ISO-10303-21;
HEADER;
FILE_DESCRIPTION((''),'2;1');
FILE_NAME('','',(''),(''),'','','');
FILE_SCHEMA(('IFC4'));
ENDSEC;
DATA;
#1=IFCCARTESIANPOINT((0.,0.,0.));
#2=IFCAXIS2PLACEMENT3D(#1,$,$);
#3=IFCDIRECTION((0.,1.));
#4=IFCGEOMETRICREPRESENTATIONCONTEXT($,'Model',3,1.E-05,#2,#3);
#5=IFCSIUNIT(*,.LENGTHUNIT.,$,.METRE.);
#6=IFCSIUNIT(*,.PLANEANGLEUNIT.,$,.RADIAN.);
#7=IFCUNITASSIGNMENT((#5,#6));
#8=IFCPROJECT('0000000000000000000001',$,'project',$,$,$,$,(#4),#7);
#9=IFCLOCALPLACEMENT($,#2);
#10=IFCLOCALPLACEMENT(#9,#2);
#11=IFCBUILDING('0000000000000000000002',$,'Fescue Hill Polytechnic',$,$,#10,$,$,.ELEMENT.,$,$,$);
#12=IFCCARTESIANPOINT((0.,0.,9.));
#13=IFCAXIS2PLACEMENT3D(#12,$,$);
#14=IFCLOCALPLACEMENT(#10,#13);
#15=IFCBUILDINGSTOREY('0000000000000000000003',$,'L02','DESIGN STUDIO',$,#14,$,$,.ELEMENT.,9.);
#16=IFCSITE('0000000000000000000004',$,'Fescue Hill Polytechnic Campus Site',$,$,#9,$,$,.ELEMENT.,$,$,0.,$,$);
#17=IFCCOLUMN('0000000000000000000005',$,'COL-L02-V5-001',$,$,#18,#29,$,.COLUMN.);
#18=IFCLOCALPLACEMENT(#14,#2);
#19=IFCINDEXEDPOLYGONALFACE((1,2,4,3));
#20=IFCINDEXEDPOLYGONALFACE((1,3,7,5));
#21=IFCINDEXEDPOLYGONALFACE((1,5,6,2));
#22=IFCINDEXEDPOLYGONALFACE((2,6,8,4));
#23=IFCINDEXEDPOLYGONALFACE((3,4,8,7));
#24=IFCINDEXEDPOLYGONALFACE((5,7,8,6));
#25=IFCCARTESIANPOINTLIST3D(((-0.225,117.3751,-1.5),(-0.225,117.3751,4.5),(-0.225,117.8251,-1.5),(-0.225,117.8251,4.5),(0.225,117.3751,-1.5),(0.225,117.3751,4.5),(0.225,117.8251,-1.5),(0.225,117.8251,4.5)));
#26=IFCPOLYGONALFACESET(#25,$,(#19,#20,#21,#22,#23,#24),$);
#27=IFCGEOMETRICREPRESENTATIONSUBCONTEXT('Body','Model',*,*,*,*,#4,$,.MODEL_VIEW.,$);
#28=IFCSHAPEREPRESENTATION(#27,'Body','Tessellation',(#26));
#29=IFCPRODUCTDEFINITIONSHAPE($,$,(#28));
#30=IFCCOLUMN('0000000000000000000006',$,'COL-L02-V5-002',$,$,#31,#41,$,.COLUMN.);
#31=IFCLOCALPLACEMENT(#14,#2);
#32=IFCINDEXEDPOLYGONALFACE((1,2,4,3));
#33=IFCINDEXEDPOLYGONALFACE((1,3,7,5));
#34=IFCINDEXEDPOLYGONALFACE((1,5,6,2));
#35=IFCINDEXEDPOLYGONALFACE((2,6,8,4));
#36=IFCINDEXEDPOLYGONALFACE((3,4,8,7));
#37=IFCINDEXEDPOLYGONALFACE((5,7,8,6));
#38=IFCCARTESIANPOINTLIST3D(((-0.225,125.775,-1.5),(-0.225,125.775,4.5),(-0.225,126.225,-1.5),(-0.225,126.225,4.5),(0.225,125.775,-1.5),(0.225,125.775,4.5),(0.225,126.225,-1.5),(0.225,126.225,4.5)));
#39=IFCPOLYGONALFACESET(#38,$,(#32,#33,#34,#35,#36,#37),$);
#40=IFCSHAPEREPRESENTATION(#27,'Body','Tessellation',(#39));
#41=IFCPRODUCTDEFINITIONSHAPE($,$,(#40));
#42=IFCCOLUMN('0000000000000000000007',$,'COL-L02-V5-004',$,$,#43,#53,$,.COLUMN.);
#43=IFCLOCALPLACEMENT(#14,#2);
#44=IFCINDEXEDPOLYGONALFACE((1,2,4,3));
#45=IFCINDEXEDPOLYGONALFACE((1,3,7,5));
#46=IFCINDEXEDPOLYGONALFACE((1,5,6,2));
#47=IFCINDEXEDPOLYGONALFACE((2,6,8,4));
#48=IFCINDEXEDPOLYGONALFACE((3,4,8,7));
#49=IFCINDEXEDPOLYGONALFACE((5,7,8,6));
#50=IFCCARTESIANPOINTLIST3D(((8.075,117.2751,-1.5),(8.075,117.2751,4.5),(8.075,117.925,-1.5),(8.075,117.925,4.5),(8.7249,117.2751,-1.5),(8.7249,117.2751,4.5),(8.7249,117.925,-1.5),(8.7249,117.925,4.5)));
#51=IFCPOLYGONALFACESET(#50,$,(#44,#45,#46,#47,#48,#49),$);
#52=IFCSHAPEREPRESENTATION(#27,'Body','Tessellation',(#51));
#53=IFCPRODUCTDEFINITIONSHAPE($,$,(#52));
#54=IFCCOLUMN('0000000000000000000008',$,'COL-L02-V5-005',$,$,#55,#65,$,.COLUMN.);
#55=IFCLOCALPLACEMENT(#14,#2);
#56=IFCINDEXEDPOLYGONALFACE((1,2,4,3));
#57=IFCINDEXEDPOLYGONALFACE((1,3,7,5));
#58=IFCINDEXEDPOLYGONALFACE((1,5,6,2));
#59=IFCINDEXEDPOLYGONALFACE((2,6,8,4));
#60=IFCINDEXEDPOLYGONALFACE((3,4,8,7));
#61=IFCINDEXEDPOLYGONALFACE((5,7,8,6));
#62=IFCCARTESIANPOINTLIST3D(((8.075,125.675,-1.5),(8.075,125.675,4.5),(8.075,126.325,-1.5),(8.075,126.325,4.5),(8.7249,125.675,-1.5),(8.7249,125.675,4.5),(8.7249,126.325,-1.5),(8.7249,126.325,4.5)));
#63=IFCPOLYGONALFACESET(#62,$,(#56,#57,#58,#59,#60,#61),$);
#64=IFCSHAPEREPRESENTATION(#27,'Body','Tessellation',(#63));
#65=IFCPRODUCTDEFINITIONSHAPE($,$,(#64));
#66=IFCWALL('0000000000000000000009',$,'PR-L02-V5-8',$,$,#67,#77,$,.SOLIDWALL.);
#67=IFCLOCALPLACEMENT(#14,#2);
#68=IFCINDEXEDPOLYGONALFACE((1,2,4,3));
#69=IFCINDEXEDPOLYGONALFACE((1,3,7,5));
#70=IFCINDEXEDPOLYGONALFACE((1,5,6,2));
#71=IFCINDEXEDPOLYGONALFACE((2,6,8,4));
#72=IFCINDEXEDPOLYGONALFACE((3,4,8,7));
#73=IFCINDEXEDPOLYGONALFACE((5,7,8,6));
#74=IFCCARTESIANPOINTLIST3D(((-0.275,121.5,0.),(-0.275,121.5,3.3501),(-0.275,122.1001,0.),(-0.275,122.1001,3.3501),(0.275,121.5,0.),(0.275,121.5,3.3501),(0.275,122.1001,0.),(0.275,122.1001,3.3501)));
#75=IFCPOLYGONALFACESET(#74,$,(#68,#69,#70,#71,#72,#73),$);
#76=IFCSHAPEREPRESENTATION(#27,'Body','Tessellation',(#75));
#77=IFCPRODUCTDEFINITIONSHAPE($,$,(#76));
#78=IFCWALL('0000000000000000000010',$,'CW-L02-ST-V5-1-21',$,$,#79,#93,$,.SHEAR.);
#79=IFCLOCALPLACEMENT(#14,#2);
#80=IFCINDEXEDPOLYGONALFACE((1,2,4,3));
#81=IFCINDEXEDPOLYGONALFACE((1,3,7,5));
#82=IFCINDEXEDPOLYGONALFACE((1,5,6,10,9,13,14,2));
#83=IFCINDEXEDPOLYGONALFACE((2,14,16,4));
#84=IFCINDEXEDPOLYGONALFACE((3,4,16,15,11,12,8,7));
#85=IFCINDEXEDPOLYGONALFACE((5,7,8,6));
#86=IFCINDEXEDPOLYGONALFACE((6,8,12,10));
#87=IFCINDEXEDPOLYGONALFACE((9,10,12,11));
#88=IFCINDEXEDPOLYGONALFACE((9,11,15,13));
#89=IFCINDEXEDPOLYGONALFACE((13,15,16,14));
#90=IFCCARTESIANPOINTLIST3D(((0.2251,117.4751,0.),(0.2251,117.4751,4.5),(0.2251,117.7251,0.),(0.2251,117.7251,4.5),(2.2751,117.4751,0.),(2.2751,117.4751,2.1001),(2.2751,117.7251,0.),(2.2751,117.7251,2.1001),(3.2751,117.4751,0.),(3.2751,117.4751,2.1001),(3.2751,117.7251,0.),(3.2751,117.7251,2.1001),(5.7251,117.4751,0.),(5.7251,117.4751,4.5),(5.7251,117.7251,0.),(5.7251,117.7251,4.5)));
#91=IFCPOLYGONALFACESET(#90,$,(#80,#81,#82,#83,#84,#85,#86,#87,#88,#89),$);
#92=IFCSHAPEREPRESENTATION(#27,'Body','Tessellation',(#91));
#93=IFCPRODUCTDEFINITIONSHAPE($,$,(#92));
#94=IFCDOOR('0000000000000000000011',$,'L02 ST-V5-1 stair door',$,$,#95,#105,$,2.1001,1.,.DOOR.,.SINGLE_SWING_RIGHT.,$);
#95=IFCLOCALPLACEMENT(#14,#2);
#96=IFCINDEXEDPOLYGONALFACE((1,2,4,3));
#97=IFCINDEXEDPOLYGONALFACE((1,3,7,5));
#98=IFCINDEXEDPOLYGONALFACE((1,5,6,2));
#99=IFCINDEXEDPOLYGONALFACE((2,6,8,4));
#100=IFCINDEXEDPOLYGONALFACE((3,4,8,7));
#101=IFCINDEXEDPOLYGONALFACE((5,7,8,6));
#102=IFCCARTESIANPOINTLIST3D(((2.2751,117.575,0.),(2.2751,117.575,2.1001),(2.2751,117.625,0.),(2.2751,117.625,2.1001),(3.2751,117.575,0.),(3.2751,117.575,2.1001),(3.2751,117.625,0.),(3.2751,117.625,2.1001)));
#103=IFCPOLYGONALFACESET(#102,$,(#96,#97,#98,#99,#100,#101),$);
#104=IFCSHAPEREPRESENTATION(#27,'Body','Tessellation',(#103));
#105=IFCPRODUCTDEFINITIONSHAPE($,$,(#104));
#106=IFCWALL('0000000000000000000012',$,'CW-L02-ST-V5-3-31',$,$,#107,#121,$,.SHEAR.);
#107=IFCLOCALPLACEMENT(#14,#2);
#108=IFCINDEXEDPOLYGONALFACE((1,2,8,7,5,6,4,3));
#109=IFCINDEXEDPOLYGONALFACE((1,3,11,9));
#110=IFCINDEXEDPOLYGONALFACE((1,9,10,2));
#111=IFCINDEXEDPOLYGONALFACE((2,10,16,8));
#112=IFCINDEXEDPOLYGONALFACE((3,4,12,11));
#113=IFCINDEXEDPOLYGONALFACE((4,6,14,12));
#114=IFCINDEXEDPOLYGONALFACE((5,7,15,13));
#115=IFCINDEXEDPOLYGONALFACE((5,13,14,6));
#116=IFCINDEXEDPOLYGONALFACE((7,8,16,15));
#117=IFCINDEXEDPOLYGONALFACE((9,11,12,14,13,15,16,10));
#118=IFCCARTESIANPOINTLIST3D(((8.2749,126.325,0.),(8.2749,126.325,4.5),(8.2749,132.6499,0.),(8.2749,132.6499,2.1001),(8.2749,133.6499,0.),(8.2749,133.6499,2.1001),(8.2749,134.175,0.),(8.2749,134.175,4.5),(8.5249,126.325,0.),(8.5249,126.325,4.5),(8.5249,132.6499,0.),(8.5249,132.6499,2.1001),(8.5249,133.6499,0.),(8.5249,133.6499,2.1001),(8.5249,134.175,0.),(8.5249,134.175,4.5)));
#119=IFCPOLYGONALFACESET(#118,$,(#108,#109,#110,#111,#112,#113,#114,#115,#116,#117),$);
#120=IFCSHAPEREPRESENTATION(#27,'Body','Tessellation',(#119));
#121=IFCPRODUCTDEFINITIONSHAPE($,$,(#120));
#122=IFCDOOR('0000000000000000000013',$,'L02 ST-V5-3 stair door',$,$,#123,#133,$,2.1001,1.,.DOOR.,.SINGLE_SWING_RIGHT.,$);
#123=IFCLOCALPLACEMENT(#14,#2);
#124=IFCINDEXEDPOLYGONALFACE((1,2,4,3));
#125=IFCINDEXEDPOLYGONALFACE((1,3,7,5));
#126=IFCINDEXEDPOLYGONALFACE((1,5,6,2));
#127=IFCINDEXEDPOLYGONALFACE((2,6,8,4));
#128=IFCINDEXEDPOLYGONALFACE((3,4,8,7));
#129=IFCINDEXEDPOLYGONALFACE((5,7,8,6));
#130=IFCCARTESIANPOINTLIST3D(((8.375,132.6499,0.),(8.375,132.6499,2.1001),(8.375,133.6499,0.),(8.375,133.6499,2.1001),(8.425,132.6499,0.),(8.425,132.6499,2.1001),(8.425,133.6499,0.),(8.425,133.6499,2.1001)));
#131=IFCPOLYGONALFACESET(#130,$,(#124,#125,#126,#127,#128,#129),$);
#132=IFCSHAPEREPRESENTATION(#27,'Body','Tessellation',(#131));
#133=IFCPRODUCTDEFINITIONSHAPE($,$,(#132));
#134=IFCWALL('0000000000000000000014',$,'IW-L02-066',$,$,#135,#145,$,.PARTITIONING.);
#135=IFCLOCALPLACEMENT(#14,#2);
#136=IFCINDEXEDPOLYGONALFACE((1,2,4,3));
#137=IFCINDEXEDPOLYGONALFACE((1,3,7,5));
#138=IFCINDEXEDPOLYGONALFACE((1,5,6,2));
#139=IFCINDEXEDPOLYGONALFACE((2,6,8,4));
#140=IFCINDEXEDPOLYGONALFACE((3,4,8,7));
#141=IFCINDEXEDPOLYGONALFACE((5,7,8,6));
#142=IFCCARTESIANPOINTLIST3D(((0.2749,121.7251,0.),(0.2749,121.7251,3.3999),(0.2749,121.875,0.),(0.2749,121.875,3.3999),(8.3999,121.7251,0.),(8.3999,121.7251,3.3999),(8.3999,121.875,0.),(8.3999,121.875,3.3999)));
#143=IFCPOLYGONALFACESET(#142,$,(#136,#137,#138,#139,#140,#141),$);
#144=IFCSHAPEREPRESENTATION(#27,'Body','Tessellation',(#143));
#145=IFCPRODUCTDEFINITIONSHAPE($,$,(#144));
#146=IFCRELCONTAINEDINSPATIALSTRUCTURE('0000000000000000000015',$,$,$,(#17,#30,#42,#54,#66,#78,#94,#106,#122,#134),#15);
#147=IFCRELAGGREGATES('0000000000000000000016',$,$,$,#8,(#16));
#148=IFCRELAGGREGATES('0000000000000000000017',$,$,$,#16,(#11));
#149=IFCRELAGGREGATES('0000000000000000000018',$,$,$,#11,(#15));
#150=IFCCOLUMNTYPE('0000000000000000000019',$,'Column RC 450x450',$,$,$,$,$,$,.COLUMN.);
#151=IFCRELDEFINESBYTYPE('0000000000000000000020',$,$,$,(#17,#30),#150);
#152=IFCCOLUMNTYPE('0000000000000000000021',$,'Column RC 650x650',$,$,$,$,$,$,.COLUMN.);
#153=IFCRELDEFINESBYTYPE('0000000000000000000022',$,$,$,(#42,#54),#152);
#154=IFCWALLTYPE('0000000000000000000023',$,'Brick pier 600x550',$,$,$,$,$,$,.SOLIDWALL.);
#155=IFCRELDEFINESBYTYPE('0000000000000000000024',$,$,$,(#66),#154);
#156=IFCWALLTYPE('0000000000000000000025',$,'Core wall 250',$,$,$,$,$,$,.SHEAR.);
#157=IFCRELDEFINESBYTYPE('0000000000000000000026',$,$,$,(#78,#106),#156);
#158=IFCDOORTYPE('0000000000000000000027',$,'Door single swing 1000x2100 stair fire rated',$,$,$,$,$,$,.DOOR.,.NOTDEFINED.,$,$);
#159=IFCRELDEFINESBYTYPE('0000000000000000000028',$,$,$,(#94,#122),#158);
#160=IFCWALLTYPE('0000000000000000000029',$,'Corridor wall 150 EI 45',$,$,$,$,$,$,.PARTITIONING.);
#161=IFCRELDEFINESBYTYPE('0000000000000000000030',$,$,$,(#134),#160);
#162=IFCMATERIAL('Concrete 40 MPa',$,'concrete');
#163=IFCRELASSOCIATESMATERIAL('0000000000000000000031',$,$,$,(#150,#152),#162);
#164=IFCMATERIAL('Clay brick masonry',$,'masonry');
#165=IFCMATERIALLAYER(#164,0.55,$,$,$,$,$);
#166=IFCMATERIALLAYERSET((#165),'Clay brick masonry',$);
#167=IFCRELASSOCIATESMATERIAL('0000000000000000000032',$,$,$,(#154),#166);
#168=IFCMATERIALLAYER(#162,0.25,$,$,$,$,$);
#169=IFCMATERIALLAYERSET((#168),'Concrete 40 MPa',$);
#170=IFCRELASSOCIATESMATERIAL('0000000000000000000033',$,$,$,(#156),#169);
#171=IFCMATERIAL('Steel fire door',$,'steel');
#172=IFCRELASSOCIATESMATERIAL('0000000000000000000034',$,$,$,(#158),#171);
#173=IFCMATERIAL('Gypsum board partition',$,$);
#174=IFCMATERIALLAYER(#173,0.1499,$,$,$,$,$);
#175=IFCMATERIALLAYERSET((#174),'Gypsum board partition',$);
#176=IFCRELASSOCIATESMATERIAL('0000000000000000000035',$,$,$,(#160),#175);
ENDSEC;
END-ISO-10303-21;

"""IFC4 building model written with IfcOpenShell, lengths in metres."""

from ifc_helpers import new_model, si_unit, direction, frame, frame_2d, origin, origin_2d, place, context, subcontext, project, spatial, rectangle, extrude, material, layer, layer_set, material_profile, profile_set, type_object, element, fill, save


model = new_model("IFC4")

# Units and contexts
model_context = context("Model", 3, precision=1e-05, world=origin(), true_north=direction((0.0, 1.0)))
body_context = subcontext(model_context, "Body", "Model", "MODEL_VIEW")
ifc_project = project(units=[si_unit("LENGTHUNIT", "METRE"), si_unit("PLANEANGLEUNIT", "RADIAN")], contexts=[model_context])

# Site, building, storey
site_placement = place(None, origin())
site = spatial("IfcSite", under=ifc_project, at=site_placement, Name="Fescue Hill Polytechnic Campus Site", CompositionType="ELEMENT", RefElevation=0.0)
building_placement = place(site_placement, origin())
building = spatial("IfcBuilding", under=site, at=building_placement, Name="Fescue Hill Polytechnic", CompositionType="ELEMENT")
storey_placement = place(building_placement, frame((0.0, 0.0, 9.0)))
storey = spatial("IfcBuildingStorey", under=building, at=storey_placement, Name="L02", Description="DESIGN STUDIO", CompositionType="ELEMENT", Elevation=9.0)

# Columns
ifc_material_1 = material(Name="Concrete 40 MPa", Category="concrete")
ifc_material_profile_1 = material_profile(ifc_material_1, rectangle(XDim=0.45, YDim=0.45, at=origin_2d()), Name="RC 450x450")
ifc_profile_set_1 = profile_set([ifc_material_profile_1], Name="Concrete 40 MPa")
column_type_1 = type_object("IfcColumnType", Name="Column RC 450x450", PredefinedType="COLUMN", material=ifc_profile_set_1)
for number, where, z_axis, x_axis, name in (
    (1, (0.0, 117.6001, -1.5), (0.0, 0.0, 1.0), (1.0, 0.0, 0.0), "COL-L02-V5-001"),
    (2, (0.0, 126.0, -1.5), (0.0, 0.0, 1.0), (1.0, 0.0, 0.0), "COL-L02-V5-002"),
):
    element("IfcColumn", number, at=place(storey_placement, frame(where, z_axis=z_axis, x_axis=x_axis)), inside=storey, type_object=column_type_1, Name=name, PredefinedType="COLUMN", context=body_context, shape_type="SweptSolid", body=[
        extrude(rectangle(XDim=0.45, YDim=0.45, at=origin_2d()), origin(), (0.0, 0.0, 1.0), 6.0),
    ])
ifc_material_profile_2 = material_profile(ifc_material_1, rectangle(XDim=0.6499, YDim=0.6499, at=origin_2d()), Name="RC 650x650")
ifc_profile_set_2 = profile_set([ifc_material_profile_2], Name="Concrete 40 MPa")
column_type_2 = type_object("IfcColumnType", Name="Column RC 650x650", PredefinedType="COLUMN", material=ifc_profile_set_2)
for number, where, z_axis, x_axis, name in (
    (3, (8.3999, 117.6001, -1.5), (0.0, 0.0, 1.0), (1.0, 0.0, 0.0), "COL-L02-V5-004"),
    (4, (8.3999, 126.0, -1.5), (0.0, 0.0, 1.0), (1.0, 0.0, 0.0), "COL-L02-V5-005"),
):
    element("IfcColumn", number, at=place(storey_placement, frame(where, z_axis=z_axis, x_axis=x_axis)), inside=storey, type_object=column_type_2, Name=name, PredefinedType="COLUMN", context=body_context, shape_type="SweptSolid", body=[
        extrude(rectangle(XDim=0.6499, YDim=0.6499, at=origin_2d()), origin(), (0.0, 0.0, 1.0), 6.0),
    ])

# Wall
ifc_material_2 = material(Name="Clay brick masonry", Category="masonry")
ifc_layer_1 = layer(ifc_material_2, 0.55)
ifc_layer_set_1 = layer_set([ifc_layer_1], Name="Clay brick masonry")
wall_type_1 = type_object("IfcWallType", Name="Brick pier 600x550", PredefinedType="SOLIDWALL", material=ifc_layer_set_1)
wall_1_placement = place(storey_placement, frame((0.0, 122.1001, 0.0), z_axis=(0.0, 0.0, 1.0), x_axis=(0.0, -1.0, 0.0)))
element("IfcWall", 5, at=wall_1_placement, inside=storey, type_object=wall_type_1, Name="PR-L02-V5-8", PredefinedType="SOLIDWALL", context=body_context, shape_type="SweptSolid", body=[
    extrude(rectangle(XDim=0.6001, YDim=0.55, at=frame_2d((0.3, 0.0))), origin(), (0.0, 0.0, 1.0), 3.3501),
])

# Walls, openings, doors
ifc_layer_2 = layer(ifc_material_1, 0.25)
ifc_layer_set_2 = layer_set([ifc_layer_2], Name="Concrete 40 MPa")
wall_type_2 = type_object("IfcWallType", Name="Core wall 250", PredefinedType="SHEAR", material=ifc_layer_set_2)
wall_2_placement = place(storey_placement, frame((0.2251, 117.6001, 0.0), z_axis=(0.0, 0.0, 1.0), x_axis=(1.0, 0.0, 0.0)))
wall_2 = element("IfcWall", 6, at=wall_2_placement, inside=storey, type_object=wall_type_2, Name="CW-L02-ST-V5-1-21", PredefinedType="SHEAR", context=body_context, shape_type="SweptSolid", body=[
    extrude(rectangle(XDim=5.5, YDim=0.25, at=frame_2d((2.75, 0.0))), origin(), (0.0, 0.0, 1.0), 4.5),
])
opening_1_placement = place(wall_2_placement, frame((2.05, 0.0, 0.0)))
opening_1 = element("IfcOpeningElement", 7, at=opening_1_placement, cuts=wall_2, PredefinedType="OPENING", context=body_context, shape_type="SweptSolid", body=[
    extrude(rectangle(XDim=1.0, YDim=2.1001, at=frame_2d((0.5, 1.05))), frame((0.0, 0.135, 0.0), z_axis=(0.0, -1.0, 0.0), x_axis=(1.0, 0.0, 0.0)), (0.0, 0.0, 1.0), 0.27),
])
ifc_material_3 = material(Name="Steel fire door", Category="steel")
door_type_1 = type_object("IfcDoorType", Name="Door single swing 1000x2100 stair fire rated", OperationType="NOTDEFINED", PredefinedType="DOOR", material=ifc_material_3)
door_1_placement = place(opening_1_placement, origin())
door_1 = element("IfcDoor", 8, at=door_1_placement, inside=storey, type_object=door_type_1, Name="L02 ST-V5-1 stair door", OperationType="SINGLE_SWING_RIGHT", OverallHeight=2.1001, OverallWidth=1.0, PredefinedType="DOOR", context=body_context, shape_type="SweptSolid", body=[
    extrude(rectangle(XDim=1.0, YDim=2.1001, at=frame_2d((0.5, 1.05))), frame((0.0, 0.0249, 0.0), z_axis=(0.0, -1.0, 0.0), x_axis=(1.0, 0.0, 0.0)), (0.0, 0.0, 1.0), 0.05),
])
fill(opening_1, door_1)
wall_3_placement = place(storey_placement, frame((8.3999, 126.325, 0.0), z_axis=(0.0, 0.0, 1.0), x_axis=(0.0, 1.0, 0.0)))
wall_3 = element("IfcWall", 9, at=wall_3_placement, inside=storey, type_object=wall_type_2, Name="CW-L02-ST-V5-3-31", PredefinedType="SHEAR", context=body_context, shape_type="SweptSolid", body=[
    extrude(rectangle(XDim=7.8501, YDim=0.25, at=frame_2d((3.925, 0.0))), origin(), (0.0, 0.0, 1.0), 4.5),
])
opening_2_placement = place(wall_3_placement, frame((6.325, 0.0, 0.0)))
opening_2 = element("IfcOpeningElement", 10, at=opening_2_placement, cuts=wall_3, PredefinedType="OPENING", context=body_context, shape_type="SweptSolid", body=[
    extrude(rectangle(XDim=1.0, YDim=2.1001, at=frame_2d((0.5, 1.05))), frame((0.0, 0.135, 0.0), z_axis=(0.0, -1.0, 0.0), x_axis=(1.0, 0.0, 0.0)), (0.0, 0.0, 1.0), 0.27),
])
door_2_placement = place(opening_2_placement, origin())
door_2 = element("IfcDoor", 11, at=door_2_placement, inside=storey, type_object=door_type_1, Name="L02 ST-V5-3 stair door", OperationType="SINGLE_SWING_RIGHT", OverallHeight=2.1001, OverallWidth=1.0, PredefinedType="DOOR", context=body_context, shape_type="SweptSolid", body=[
    extrude(rectangle(XDim=1.0, YDim=2.1001, at=frame_2d((0.5, 1.05))), frame((0.0, 0.0249, 0.0), z_axis=(0.0, -1.0, 0.0), x_axis=(1.0, 0.0, 0.0)), (0.0, 0.0, 1.0), 0.05),
])
fill(opening_2, door_2)

# Wall
ifc_material_4 = material(Name="Gypsum board partition")
ifc_layer_3 = layer(ifc_material_4, 0.1499)
ifc_layer_set_3 = layer_set([ifc_layer_3], Name="Gypsum board partition")
wall_type_3 = type_object("IfcWallType", Name="Corridor wall 150 EI 45", PredefinedType="PARTITIONING", material=ifc_layer_set_3)
wall_4_placement = place(storey_placement, frame((0.2749, 121.8, 0.0), z_axis=(0.0, 0.0, 1.0), x_axis=(1.0, 0.0, 0.0)))
element("IfcWall", 12, at=wall_4_placement, inside=storey, type_object=wall_type_3, Name="IW-L02-066", PredefinedType="PARTITIONING", context=body_context, shape_type="SweptSolid", body=[
    extrude(rectangle(XDim=8.125, YDim=0.1499, at=frame_2d((4.0625, 0.0))), origin(), (0.0, 0.0, 1.0), 3.3999),
])

save(model, "model.ifc")
